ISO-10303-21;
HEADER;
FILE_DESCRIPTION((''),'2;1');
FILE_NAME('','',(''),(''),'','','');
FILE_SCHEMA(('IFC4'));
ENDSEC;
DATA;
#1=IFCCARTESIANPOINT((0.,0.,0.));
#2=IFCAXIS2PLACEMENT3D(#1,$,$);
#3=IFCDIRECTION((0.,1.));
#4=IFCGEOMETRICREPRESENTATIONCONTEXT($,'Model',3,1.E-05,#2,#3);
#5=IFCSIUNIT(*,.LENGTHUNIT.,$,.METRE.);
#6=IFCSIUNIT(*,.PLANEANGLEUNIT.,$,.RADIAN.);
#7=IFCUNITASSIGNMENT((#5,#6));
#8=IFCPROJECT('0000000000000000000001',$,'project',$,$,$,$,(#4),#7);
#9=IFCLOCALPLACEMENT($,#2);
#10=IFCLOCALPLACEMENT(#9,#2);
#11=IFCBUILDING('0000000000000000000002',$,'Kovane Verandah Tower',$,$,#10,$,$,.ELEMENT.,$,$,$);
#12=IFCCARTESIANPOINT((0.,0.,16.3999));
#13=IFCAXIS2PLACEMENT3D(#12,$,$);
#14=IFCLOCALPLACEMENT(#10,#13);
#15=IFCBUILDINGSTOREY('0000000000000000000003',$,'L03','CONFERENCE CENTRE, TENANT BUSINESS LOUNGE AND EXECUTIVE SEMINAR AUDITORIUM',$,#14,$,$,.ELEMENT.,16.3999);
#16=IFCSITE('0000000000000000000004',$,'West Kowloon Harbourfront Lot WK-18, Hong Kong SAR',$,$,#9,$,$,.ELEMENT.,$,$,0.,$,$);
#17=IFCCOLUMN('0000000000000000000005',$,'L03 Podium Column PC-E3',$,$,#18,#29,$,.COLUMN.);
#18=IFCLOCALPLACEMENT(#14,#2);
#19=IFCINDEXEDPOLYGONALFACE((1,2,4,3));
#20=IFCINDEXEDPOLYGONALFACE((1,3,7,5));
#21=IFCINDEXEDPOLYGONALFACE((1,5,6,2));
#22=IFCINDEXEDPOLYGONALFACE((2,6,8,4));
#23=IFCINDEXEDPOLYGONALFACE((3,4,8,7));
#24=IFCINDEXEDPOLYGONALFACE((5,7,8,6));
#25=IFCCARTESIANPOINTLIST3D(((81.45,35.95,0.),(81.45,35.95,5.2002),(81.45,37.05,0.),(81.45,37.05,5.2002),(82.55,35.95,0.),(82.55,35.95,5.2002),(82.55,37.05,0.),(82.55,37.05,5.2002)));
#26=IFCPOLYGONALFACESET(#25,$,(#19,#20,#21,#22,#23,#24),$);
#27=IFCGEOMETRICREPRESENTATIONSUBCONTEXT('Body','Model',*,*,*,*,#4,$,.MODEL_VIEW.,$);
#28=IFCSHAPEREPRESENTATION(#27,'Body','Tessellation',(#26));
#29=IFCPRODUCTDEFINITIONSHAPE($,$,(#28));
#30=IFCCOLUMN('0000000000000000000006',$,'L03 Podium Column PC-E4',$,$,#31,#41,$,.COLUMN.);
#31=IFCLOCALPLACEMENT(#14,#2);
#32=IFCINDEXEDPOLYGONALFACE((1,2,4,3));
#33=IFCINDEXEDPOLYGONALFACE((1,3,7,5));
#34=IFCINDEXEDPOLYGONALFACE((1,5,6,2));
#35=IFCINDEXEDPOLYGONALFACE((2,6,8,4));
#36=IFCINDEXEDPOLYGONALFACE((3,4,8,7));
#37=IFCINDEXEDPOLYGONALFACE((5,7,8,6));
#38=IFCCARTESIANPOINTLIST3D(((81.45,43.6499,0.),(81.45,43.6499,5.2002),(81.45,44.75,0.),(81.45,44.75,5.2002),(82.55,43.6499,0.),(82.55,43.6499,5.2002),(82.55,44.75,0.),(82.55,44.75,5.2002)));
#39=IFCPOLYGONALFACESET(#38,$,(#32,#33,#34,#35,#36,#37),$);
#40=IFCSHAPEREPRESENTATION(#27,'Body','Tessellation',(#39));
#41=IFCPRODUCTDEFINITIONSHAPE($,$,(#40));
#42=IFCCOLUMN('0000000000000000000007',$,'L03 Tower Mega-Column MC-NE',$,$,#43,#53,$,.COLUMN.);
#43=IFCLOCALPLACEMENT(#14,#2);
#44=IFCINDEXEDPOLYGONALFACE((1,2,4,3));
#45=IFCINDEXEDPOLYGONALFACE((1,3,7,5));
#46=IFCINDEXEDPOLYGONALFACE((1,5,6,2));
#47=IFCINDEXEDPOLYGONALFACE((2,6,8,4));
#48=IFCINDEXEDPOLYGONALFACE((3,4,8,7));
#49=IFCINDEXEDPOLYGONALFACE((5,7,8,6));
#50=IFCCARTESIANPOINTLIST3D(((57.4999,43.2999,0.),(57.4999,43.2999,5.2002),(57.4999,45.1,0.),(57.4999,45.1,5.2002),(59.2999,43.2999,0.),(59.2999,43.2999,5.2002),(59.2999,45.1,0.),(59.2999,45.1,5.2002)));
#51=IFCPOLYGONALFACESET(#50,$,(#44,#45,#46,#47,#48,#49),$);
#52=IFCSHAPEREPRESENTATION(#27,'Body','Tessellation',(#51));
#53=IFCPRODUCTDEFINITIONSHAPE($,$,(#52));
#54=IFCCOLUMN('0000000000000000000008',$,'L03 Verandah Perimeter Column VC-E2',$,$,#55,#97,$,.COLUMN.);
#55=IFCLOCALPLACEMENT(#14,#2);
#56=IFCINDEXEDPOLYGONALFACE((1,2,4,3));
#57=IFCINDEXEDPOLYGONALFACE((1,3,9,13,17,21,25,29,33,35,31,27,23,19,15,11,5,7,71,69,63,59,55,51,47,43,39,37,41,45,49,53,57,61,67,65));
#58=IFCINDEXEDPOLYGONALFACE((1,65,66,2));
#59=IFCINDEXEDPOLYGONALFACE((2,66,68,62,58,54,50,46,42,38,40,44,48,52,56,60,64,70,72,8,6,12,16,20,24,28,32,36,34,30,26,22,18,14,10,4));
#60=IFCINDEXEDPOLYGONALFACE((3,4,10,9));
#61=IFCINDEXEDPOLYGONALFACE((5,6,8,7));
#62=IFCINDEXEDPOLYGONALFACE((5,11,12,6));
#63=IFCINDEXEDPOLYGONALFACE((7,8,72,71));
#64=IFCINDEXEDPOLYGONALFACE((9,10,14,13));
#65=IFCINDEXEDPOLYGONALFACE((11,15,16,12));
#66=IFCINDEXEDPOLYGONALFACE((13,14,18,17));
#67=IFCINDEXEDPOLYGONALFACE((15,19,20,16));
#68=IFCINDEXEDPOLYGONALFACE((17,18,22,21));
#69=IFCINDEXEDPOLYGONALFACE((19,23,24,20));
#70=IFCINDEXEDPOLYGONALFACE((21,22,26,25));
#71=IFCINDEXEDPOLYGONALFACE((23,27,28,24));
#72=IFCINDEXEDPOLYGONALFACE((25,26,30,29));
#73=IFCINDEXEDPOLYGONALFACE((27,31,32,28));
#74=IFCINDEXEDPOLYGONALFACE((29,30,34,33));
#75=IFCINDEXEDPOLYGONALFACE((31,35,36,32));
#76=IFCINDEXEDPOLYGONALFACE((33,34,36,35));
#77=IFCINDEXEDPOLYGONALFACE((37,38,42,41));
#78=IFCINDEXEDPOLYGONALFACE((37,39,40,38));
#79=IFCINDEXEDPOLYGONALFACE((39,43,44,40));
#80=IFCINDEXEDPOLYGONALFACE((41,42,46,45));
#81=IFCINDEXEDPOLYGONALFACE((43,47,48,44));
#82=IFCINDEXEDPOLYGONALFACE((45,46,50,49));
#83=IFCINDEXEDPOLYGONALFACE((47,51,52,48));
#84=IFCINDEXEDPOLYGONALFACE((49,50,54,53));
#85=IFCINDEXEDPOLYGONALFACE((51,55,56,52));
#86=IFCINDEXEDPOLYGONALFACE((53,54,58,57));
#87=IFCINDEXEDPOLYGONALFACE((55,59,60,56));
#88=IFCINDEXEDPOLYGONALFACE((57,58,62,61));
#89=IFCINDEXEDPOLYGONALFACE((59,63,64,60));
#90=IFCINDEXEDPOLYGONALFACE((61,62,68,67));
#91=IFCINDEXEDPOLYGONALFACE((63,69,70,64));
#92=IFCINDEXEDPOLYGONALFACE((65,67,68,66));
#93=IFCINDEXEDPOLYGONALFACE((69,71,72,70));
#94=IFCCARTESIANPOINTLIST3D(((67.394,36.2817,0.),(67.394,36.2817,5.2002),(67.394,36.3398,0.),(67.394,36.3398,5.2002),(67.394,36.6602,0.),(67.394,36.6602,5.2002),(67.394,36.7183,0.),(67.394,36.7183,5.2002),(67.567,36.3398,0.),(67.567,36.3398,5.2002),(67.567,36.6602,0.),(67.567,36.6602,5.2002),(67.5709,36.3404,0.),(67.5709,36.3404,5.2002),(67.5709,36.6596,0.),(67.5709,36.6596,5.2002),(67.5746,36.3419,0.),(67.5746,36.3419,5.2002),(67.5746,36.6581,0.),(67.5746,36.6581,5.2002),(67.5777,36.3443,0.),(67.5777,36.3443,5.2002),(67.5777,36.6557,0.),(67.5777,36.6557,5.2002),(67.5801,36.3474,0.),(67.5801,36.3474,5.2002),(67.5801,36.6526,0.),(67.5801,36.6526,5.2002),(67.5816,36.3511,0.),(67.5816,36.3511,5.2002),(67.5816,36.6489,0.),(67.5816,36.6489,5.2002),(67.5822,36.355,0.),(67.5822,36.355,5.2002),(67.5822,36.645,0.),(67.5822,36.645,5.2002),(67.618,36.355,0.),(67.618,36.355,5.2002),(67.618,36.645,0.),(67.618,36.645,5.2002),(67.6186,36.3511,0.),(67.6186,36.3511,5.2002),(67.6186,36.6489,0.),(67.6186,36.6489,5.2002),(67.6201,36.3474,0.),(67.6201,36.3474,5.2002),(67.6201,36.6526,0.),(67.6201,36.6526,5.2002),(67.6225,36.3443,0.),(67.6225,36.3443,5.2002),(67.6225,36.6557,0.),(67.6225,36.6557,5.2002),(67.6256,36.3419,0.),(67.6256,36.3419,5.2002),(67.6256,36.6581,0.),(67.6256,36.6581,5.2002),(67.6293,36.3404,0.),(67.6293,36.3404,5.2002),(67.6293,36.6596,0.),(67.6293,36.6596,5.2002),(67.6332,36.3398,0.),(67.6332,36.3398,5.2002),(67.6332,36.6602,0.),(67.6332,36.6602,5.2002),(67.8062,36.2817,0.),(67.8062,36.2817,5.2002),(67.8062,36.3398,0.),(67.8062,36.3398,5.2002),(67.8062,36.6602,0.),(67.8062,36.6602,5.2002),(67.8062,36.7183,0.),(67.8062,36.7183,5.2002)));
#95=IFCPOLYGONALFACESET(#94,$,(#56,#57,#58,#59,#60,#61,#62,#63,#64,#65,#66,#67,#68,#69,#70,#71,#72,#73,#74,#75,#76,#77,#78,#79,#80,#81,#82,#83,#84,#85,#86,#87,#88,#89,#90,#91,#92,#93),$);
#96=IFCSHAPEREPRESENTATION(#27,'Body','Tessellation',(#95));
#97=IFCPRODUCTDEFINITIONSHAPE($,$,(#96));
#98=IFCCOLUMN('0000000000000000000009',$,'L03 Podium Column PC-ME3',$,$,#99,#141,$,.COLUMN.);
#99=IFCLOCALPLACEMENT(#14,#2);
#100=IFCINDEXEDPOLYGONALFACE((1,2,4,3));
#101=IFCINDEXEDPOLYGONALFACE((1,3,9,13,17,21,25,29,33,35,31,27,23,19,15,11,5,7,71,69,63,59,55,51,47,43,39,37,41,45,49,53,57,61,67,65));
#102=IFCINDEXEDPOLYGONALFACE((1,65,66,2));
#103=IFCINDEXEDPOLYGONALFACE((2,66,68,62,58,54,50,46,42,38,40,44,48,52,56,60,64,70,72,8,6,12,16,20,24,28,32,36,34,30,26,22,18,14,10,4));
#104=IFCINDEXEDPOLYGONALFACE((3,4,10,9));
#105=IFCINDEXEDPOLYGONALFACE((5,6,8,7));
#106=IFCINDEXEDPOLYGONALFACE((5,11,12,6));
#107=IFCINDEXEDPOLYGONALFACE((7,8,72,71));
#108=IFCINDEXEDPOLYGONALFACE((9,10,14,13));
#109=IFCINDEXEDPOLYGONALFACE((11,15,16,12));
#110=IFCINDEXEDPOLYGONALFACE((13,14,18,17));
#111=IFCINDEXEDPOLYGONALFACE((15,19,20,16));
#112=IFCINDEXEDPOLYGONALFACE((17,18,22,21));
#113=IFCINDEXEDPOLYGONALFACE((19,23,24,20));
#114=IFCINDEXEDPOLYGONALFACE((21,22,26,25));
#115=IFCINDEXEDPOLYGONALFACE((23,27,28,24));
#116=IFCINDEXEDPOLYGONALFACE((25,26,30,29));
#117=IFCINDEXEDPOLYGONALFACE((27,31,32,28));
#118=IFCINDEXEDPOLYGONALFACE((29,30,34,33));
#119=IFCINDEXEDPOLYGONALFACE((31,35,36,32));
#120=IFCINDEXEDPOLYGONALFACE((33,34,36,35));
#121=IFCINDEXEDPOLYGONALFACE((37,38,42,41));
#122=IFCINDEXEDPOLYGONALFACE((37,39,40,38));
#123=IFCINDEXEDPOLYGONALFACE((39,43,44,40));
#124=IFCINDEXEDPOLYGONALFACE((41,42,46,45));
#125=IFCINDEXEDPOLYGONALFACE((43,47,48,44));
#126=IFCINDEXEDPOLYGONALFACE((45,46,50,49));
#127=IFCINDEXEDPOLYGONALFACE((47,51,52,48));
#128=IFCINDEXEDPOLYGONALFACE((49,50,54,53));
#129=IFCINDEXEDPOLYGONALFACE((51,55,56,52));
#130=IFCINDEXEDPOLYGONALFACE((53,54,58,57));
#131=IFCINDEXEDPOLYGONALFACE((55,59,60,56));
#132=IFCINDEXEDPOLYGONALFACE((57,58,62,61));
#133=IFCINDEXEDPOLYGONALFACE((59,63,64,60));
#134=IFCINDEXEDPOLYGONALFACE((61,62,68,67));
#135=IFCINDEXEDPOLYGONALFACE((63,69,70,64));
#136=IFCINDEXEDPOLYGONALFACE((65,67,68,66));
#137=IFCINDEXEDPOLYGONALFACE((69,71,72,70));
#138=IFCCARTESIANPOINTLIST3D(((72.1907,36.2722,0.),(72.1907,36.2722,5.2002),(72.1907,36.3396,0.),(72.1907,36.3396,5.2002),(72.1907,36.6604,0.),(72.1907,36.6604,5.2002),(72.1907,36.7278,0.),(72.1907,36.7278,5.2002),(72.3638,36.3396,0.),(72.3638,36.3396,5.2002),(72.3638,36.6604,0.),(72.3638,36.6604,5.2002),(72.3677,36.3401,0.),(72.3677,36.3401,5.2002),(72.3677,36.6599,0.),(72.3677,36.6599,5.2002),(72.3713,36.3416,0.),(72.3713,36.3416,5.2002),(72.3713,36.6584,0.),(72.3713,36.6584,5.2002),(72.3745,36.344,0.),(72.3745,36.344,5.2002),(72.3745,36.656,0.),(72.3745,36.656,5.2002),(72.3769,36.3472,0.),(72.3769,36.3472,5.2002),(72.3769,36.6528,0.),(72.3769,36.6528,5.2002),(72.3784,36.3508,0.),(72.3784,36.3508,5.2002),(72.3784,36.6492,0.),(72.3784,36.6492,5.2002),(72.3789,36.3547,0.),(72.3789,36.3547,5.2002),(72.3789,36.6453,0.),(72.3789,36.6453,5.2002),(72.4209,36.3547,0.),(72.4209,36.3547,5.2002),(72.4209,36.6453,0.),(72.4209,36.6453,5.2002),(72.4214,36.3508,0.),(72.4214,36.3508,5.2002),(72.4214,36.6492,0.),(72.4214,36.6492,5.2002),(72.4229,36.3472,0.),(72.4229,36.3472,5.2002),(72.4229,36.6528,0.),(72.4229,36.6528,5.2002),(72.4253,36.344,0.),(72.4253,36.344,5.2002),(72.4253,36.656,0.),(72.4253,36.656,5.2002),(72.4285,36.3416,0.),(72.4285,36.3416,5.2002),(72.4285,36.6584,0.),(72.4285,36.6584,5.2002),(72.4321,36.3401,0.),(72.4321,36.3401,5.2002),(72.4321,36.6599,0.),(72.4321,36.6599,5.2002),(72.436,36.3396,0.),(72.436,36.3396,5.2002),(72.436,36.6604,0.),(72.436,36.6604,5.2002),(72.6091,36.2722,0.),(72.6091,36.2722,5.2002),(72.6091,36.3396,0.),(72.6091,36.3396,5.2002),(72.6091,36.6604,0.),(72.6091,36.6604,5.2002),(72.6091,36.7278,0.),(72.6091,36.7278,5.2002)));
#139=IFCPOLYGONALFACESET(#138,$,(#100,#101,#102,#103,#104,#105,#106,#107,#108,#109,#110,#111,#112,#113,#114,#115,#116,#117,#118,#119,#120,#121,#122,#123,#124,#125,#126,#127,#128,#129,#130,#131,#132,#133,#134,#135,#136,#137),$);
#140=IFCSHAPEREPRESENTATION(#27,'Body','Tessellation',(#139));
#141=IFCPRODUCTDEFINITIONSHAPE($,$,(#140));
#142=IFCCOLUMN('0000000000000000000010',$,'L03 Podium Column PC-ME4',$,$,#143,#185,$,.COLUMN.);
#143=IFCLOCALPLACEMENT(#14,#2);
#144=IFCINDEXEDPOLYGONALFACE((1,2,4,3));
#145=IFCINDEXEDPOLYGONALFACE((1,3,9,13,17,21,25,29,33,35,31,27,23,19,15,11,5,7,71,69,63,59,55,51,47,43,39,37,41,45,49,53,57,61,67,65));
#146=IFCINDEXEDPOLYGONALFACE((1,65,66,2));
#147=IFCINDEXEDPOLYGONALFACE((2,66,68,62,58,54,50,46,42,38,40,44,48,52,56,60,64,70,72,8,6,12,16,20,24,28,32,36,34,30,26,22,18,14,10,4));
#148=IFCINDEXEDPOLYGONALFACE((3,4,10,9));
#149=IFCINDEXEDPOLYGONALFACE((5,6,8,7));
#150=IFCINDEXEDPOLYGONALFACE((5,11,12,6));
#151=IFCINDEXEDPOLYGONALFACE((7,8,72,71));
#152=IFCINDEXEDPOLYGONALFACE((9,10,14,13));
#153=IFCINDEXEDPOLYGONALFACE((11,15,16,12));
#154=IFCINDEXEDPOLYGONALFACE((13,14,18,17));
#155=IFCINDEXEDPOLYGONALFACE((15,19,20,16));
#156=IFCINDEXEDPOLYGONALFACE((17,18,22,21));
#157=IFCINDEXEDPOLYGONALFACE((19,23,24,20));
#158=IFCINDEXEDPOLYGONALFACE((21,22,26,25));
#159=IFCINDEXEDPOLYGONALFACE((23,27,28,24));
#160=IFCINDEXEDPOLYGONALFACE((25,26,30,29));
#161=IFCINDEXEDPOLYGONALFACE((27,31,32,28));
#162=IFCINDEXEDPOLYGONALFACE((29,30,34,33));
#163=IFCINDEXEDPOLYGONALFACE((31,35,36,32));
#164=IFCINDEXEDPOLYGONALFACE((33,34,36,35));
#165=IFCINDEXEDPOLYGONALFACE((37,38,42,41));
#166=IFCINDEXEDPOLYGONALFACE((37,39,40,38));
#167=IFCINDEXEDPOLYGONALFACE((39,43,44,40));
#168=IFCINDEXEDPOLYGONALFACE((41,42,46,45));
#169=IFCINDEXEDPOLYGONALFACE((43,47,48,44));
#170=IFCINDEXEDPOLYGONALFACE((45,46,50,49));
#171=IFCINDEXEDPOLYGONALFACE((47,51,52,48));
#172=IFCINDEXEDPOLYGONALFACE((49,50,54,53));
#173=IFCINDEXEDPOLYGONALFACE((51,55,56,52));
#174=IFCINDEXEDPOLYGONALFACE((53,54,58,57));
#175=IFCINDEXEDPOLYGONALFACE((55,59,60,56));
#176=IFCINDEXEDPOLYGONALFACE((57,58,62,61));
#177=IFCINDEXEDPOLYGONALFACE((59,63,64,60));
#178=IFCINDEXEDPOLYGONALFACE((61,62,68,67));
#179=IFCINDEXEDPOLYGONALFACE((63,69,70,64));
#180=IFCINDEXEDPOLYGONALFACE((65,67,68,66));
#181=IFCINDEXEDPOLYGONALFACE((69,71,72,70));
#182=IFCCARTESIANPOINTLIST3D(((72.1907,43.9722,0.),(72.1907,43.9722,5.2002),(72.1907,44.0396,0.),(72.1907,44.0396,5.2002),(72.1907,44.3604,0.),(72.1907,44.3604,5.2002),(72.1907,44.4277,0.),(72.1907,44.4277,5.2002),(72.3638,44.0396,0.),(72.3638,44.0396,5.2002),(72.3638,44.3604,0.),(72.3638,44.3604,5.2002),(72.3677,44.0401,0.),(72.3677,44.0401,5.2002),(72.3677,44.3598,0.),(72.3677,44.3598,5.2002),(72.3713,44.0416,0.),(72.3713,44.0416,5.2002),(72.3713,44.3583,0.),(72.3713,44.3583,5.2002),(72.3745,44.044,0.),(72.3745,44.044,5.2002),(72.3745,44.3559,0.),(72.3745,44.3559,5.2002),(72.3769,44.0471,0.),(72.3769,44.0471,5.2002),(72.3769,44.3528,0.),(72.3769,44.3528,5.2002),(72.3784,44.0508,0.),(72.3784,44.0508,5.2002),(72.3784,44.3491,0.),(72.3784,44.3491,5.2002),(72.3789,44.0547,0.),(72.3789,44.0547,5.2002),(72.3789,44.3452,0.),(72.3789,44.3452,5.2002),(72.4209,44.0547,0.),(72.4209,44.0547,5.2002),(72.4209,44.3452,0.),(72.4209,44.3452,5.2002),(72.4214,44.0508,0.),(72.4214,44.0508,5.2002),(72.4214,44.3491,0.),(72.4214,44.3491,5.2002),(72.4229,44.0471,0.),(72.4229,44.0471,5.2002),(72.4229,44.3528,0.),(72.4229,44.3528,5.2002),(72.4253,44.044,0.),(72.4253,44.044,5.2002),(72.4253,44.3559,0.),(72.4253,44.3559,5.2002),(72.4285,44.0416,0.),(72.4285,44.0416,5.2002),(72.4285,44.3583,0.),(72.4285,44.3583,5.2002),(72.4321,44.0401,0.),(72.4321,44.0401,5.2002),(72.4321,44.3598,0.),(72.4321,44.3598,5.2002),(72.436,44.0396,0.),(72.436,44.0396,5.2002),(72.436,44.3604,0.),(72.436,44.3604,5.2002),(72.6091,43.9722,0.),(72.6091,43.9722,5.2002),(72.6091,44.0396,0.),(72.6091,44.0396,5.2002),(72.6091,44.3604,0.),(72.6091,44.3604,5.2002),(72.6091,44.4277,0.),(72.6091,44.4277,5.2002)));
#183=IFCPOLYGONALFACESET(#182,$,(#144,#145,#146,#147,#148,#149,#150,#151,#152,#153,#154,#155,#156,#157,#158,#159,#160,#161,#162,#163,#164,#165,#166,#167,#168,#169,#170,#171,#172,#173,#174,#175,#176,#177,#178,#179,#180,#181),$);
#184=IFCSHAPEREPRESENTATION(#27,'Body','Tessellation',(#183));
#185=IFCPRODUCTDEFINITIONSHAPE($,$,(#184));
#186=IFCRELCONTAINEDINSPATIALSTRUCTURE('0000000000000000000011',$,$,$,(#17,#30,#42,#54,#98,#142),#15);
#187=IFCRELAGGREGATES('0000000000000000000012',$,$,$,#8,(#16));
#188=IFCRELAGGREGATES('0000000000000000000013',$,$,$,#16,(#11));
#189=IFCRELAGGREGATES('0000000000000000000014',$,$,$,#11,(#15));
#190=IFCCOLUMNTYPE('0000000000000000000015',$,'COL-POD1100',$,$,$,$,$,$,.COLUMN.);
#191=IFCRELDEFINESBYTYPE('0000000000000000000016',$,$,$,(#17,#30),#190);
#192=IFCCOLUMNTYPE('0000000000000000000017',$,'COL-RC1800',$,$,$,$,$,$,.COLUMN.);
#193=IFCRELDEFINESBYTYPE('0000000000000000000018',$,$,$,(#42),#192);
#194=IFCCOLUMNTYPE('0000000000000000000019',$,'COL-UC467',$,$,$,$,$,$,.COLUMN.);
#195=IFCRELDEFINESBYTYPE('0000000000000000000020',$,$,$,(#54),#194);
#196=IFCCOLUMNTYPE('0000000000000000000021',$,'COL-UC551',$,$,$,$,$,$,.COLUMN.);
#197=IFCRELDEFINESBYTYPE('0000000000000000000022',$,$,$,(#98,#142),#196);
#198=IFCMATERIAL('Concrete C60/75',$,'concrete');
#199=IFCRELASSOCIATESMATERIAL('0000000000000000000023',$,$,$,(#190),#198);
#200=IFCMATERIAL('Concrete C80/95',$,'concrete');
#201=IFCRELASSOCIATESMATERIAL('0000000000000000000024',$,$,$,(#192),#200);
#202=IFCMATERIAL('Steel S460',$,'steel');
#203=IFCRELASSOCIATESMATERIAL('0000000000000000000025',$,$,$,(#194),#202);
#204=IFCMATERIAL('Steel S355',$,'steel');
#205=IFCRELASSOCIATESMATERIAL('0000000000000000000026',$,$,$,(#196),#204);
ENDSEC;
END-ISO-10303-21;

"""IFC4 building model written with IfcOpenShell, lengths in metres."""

from ifc_helpers import new_model, si_unit, direction, frame, origin, origin_2d, place, context, subcontext, project, spatial, rectangle, i_section, extrude, material, material_profile, profile_set, type_object, element, save


model = new_model("IFC4")

# Units and contexts
model_context = context("Model", 3, precision=1e-05, world=origin(), true_north=direction((0.0, 1.0)))
body_context = subcontext(model_context, "Body", "Model", "MODEL_VIEW")
ifc_project = project(units=[si_unit("LENGTHUNIT", "METRE"), si_unit("PLANEANGLEUNIT", "RADIAN")], contexts=[model_context])

# Site, building, storey
site_placement = place(None, origin())
site = spatial("IfcSite", under=ifc_project, at=site_placement, Name="West Kowloon Harbourfront Lot WK-18, Hong Kong SAR", CompositionType="ELEMENT", RefElevation=0.0)
building_placement = place(site_placement, origin())
building = spatial("IfcBuilding", under=site, at=building_placement, Name="Kovane Verandah Tower", CompositionType="ELEMENT")
storey_placement = place(building_placement, frame((0.0, 0.0, 16.3999)))
storey = spatial("IfcBuildingStorey", under=building, at=storey_placement, Name="L03", Description="CONFERENCE CENTRE, TENANT BUSINESS LOUNGE AND EXECUTIVE SEMINAR AUDITORIUM", CompositionType="ELEMENT", Elevation=16.3999)

# Columns
ifc_material_1 = material(Name="Concrete C60/75", Category="concrete")
ifc_material_profile_1 = material_profile(ifc_material_1, rectangle(XDim=1.1001, YDim=1.1001, at=origin_2d()), Name="RC1100x1100")
ifc_profile_set_1 = profile_set([ifc_material_profile_1], Name="Concrete C60/75")
column_type_1 = type_object("IfcColumnType", Name="COL-POD1100", PredefinedType="COLUMN", material=ifc_profile_set_1)
for number, where, z_axis, x_axis, name in (
    (1, (82.0, 36.5, 0.0), (0.0, 0.0, 1.0), (1.0, 0.0, 0.0), "L03 Podium Column PC-E3"),
    (2, (82.0, 44.2, 0.0), (0.0, 0.0, 1.0), (1.0, 0.0, 0.0), "L03 Podium Column PC-E4"),
):
    element("IfcColumn", number, at=place(storey_placement, frame(where, z_axis=z_axis, x_axis=x_axis)), inside=storey, type_object=column_type_1, Name=name, PredefinedType="COLUMN", context=body_context, shape_type="SweptSolid", body=[
        extrude(rectangle(XDim=1.1001, YDim=1.1001, at=origin_2d()), origin(), (0.0, 0.0, 1.0), 5.2002),
    ])
ifc_material_2 = material(Name="Concrete C80/95", Category="concrete")
ifc_material_profile_2 = material_profile(ifc_material_2, rectangle(XDim=1.8, YDim=1.8, at=origin_2d()), Name="RC1800x1800")
ifc_profile_set_2 = profile_set([ifc_material_profile_2], Name="Concrete C80/95")
column_type_2 = type_object("IfcColumnType", Name="COL-RC1800", PredefinedType="COLUMN", material=ifc_profile_set_2)
column_1_placement = place(storey_placement, frame((58.3999, 44.2, 0.0), z_axis=(0.0, 0.0, 1.0), x_axis=(1.0, 0.0, 0.0)))
element("IfcColumn", 3, at=column_1_placement, inside=storey, type_object=column_type_2, Name="L03 Tower Mega-Column MC-NE", PredefinedType="COLUMN", context=body_context, shape_type="SweptSolid", body=[
    extrude(rectangle(XDim=1.8, YDim=1.8, at=origin_2d()), origin(), (0.0, 0.0, 1.0), 5.2002),
])
ifc_material_3 = material(Name="Steel S460", Category="steel")
ifc_material_profile_3 = material_profile(ifc_material_3, i_section(OverallWidth=0.4121, OverallDepth=0.4365, WebThickness=0.0359, FlangeThickness=0.0581, FilletRadius=0.0151, at=origin_2d()), Name="UC356x406x467")
ifc_profile_set_3 = profile_set([ifc_material_profile_3], Name="Steel S460")
column_type_3 = type_object("IfcColumnType", Name="COL-UC467", PredefinedType="COLUMN", material=ifc_profile_set_3)
column_2_placement = place(storey_placement, frame((67.6001, 36.5, 0.0), z_axis=(0.0, 0.0, 1.0), x_axis=(1.0, 0.0, 0.0)))
element("IfcColumn", 4, at=column_2_placement, inside=storey, type_object=column_type_3, Name="L03 Verandah Perimeter Column VC-E2", PredefinedType="COLUMN", context=body_context, shape_type="SweptSolid", body=[
    extrude(i_section(OverallWidth=0.4121, OverallDepth=0.4365, WebThickness=0.0359, FlangeThickness=0.0581, FilletRadius=0.0151, at=origin_2d()), origin(), (0.0, 0.0, 1.0), 5.2002),
])
ifc_material_4 = material(Name="Steel S355", Category="steel")
ifc_material_profile_4 = material_profile(ifc_material_4, i_section(OverallWidth=0.4185, OverallDepth=0.4556, WebThickness=0.042, FlangeThickness=0.0674, FilletRadius=0.0151, at=origin_2d()), Name="UC356x406x551")
ifc_profile_set_4 = profile_set([ifc_material_profile_4], Name="Steel S355")
column_type_4 = type_object("IfcColumnType", Name="COL-UC551", PredefinedType="COLUMN", material=ifc_profile_set_4)
for number, where, z_axis, x_axis, name in (
    (5, (72.3999, 36.5, 0.0), (0.0, 0.0, 1.0), (1.0, 0.0, 0.0), "L03 Podium Column PC-ME3"),
    (6, (72.3999, 44.2, 0.0), (0.0, 0.0, 1.0), (1.0, 0.0, 0.0), "L03 Podium Column PC-ME4"),
):
    element("IfcColumn", number, at=place(storey_placement, frame(where, z_axis=z_axis, x_axis=x_axis)), inside=storey, type_object=column_type_4, Name=name, PredefinedType="COLUMN", context=body_context, shape_type="SweptSolid", body=[
        extrude(i_section(OverallWidth=0.4185, OverallDepth=0.4556, WebThickness=0.042, FlangeThickness=0.0674, FilletRadius=0.0151, at=origin_2d()), origin(), (0.0, 0.0, 1.0), 5.2002),
    ])

save(model, "model.ifc")
